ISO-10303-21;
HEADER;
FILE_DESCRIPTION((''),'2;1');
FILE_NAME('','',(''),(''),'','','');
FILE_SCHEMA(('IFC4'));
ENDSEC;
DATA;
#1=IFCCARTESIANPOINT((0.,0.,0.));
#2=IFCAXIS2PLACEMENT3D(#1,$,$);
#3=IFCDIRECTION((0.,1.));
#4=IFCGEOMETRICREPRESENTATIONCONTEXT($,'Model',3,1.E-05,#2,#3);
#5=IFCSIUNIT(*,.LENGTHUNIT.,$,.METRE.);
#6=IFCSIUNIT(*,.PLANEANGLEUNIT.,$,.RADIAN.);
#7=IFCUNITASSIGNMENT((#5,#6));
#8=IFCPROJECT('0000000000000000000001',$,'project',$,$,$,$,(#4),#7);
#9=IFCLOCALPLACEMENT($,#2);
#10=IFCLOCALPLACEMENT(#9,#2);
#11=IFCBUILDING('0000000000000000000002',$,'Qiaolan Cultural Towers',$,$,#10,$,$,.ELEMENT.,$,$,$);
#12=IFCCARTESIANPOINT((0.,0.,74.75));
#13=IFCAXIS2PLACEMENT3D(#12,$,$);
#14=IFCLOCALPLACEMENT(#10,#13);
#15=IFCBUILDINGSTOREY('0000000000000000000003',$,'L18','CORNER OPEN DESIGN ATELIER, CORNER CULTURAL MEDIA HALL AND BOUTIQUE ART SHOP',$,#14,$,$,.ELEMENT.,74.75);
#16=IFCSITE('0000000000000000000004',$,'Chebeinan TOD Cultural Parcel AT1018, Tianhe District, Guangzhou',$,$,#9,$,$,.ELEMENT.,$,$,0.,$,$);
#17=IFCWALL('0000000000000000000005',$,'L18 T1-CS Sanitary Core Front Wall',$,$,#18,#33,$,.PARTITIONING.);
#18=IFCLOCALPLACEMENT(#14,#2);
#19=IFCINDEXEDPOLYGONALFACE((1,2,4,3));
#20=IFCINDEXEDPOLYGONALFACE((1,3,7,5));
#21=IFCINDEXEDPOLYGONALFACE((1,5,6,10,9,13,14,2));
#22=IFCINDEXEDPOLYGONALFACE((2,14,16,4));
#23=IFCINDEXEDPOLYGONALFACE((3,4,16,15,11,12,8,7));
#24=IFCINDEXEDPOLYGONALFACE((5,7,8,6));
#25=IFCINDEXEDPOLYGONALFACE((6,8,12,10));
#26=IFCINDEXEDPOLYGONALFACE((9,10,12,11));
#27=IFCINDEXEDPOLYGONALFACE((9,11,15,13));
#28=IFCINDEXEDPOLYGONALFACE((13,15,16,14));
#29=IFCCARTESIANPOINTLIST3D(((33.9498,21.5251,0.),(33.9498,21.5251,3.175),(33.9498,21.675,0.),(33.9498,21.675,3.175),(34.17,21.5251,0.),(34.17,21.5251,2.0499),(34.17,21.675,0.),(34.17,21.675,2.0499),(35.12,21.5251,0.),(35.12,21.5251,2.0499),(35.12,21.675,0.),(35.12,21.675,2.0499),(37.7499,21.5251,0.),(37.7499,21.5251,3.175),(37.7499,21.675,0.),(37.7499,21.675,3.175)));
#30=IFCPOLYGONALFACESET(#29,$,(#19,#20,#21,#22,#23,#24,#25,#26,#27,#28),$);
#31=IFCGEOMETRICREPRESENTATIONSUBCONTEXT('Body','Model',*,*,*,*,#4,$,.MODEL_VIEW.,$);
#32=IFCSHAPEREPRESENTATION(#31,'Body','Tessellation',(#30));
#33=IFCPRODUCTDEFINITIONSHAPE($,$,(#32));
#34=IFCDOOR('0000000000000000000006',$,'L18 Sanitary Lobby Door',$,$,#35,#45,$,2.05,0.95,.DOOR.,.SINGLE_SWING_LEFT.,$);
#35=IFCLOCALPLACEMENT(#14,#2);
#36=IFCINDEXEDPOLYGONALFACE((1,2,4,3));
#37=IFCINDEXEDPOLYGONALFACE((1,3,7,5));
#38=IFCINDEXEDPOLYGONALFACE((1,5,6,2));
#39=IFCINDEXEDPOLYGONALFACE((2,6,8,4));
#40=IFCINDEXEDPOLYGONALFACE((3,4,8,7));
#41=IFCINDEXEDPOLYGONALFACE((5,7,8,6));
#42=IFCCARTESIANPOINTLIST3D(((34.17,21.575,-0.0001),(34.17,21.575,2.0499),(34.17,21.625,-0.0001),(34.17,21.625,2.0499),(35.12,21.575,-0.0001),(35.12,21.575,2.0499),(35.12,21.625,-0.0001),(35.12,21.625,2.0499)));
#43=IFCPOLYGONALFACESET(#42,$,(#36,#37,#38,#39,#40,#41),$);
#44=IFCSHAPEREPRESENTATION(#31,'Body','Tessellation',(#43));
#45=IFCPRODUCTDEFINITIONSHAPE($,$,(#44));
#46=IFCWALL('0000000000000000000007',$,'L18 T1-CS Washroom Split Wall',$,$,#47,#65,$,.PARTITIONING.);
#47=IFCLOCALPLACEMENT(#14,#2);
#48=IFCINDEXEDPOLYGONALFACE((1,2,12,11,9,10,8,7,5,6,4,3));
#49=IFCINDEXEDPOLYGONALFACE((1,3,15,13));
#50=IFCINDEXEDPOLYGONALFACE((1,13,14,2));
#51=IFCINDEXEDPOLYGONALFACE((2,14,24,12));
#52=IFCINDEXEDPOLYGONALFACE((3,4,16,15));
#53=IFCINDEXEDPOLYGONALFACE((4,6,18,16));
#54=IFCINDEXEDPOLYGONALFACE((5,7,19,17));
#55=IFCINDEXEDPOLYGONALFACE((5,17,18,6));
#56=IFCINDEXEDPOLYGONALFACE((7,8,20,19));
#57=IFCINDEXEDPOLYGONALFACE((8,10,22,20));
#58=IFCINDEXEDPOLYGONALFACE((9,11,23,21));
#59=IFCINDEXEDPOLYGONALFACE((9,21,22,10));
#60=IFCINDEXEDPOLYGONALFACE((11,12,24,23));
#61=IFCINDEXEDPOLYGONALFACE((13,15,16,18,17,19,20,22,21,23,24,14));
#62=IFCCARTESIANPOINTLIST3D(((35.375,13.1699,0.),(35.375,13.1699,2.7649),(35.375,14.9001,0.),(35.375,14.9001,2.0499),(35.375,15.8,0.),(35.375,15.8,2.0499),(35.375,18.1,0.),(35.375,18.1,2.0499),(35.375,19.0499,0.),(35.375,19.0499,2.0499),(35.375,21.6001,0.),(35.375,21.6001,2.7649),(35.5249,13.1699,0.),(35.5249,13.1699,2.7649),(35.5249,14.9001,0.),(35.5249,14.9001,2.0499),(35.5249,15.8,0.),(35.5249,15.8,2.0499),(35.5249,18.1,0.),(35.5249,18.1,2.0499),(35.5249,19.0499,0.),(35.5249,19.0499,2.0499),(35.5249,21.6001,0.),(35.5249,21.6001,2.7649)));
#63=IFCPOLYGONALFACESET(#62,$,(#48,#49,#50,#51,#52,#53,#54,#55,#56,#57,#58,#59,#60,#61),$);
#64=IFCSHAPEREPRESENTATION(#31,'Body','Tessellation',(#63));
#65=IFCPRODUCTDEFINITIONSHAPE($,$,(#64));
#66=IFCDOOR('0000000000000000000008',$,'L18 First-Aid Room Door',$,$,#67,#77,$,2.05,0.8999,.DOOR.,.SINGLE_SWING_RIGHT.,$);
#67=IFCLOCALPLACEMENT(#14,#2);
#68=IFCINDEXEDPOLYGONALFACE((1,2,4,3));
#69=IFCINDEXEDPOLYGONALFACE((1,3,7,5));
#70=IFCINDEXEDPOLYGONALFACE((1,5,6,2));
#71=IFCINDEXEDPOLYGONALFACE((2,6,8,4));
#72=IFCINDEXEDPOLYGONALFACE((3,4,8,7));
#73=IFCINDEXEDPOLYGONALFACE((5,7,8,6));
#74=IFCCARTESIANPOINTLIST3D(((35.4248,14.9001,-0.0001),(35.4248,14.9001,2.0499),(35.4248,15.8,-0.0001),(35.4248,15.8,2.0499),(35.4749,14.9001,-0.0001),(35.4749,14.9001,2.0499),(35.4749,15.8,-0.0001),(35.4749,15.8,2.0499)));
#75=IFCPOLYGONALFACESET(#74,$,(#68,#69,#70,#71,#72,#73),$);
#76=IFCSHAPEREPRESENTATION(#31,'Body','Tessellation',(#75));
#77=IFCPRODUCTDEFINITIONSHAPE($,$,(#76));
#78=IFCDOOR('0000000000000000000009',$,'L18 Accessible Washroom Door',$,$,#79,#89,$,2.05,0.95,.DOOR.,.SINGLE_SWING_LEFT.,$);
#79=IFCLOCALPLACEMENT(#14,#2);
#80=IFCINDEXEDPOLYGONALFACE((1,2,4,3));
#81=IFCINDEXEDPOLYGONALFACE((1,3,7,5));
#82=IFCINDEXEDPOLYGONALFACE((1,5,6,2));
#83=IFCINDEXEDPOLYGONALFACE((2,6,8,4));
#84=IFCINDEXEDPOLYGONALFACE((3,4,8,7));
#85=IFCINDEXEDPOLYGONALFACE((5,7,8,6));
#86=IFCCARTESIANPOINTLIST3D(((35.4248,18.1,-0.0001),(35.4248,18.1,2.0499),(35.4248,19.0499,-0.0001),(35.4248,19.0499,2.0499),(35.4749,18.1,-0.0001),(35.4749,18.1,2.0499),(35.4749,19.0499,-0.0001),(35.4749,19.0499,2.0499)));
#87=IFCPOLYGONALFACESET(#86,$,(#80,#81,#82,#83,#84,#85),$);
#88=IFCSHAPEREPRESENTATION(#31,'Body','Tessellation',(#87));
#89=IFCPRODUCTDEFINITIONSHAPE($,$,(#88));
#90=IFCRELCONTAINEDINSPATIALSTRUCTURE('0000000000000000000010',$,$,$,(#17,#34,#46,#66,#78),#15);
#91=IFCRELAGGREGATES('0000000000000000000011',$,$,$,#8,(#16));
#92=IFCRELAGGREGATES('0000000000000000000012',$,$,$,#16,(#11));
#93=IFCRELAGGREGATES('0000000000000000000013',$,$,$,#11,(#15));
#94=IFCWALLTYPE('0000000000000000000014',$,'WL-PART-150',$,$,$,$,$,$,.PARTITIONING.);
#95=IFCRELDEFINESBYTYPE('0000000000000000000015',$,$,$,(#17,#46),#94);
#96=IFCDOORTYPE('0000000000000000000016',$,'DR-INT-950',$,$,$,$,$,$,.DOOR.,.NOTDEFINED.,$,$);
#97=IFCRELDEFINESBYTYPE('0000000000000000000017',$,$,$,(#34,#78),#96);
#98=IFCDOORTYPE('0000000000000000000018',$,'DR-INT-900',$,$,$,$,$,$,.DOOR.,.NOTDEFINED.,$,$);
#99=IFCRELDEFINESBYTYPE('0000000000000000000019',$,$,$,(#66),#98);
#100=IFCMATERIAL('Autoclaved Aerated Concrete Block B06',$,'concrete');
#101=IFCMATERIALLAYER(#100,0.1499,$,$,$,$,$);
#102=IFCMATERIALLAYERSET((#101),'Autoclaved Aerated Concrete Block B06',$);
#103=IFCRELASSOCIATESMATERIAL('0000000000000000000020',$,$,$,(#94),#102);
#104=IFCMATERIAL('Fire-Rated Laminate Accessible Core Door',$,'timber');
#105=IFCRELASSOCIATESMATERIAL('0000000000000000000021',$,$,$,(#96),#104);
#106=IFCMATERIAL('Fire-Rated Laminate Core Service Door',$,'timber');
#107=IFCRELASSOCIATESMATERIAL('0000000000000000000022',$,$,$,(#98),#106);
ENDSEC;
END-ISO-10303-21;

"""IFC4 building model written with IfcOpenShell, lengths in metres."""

from ifc_helpers import new_model, si_unit, direction, frame, frame_2d, origin, place, context, subcontext, project, spatial, rectangle, extrude, material, layer, layer_set, type_object, element, fill, save


model = new_model("IFC4")

# Units and contexts
model_context = context("Model", 3, precision=1e-05, world=origin(), true_north=direction((0.0, 1.0)))
body_context = subcontext(model_context, "Body", "Model", "MODEL_VIEW")
ifc_project = project(units=[si_unit("LENGTHUNIT", "METRE"), si_unit("PLANEANGLEUNIT", "RADIAN")], contexts=[model_context])

# Site, building, storey
site_placement = place(None, origin())
site = spatial("IfcSite", under=ifc_project, at=site_placement, Name="Chebeinan TOD Cultural Parcel AT1018, Tianhe District, Guangzhou", CompositionType="ELEMENT", RefElevation=0.0)
building_placement = place(site_placement, origin())
building = spatial("IfcBuilding", under=site, at=building_placement, Name="Qiaolan Cultural Towers", CompositionType="ELEMENT")
storey_placement = place(building_placement, frame((0.0, 0.0, 74.75)))
storey = spatial("IfcBuildingStorey", under=building, at=storey_placement, Name="L18", Description="CORNER OPEN DESIGN ATELIER, CORNER CULTURAL MEDIA HALL AND BOUTIQUE ART SHOP", CompositionType="ELEMENT", Elevation=74.75)

# Wall, opening, door
ifc_material_1 = material(Name="Autoclaved Aerated Concrete Block B06", Category="concrete")
ifc_layer_1 = layer(ifc_material_1, 0.1499)
ifc_layer_set_1 = layer_set([ifc_layer_1], Name="Autoclaved Aerated Concrete Block B06")
wall_type_1 = type_object("IfcWallType", Name="WL-PART-150", PredefinedType="PARTITIONING", material=ifc_layer_set_1)
wall_1_placement = place(storey_placement, frame((33.95, 21.6001, 0.0), z_axis=(0.0, 0.0, 1.0), x_axis=(1.0, 0.0, 0.0)))
wall_1 = element("IfcWall", 1, at=wall_1_placement, inside=storey, type_object=wall_type_1, Name="L18 T1-CS Sanitary Core Front Wall", PredefinedType="PARTITIONING", context=body_context, shape_type="SweptSolid", body=[
    extrude(rectangle(XDim=3.8, YDim=0.1499, at=frame_2d((1.8999, 0.0))), origin(), (0.0, 0.0, 1.0), 3.175),
])
opening_1_placement = place(wall_1_placement, frame((0.22, 0.0, 0.0)))
opening_1 = element("IfcOpeningElement", 2, at=opening_1_placement, cuts=wall_1, PredefinedType="OPENING", context=body_context, shape_type="SweptSolid", body=[
    extrude(rectangle(XDim=0.95, YDim=2.05, at=frame_2d((0.4751, 1.0249))), frame((0.0, 0.085, 0.0), z_axis=(0.0, -1.0, 0.0), x_axis=(1.0, 0.0, 0.0)), (0.0, 0.0, 1.0), 0.1699),
])
ifc_material_2 = material(Name="Fire-Rated Laminate Accessible Core Door", Category="timber")
door_type_1 = type_object("IfcDoorType", Name="DR-INT-950", OperationType="NOTDEFINED", PredefinedType="DOOR", material=ifc_material_2)
door_1_placement = place(opening_1_placement, origin())
door_1 = element("IfcDoor", 3, at=door_1_placement, inside=storey, type_object=door_type_1, Name="L18 Sanitary Lobby Door", OperationType="SINGLE_SWING_LEFT", OverallHeight=2.05, OverallWidth=0.95, PredefinedType="DOOR", context=body_context, shape_type="SweptSolid", body=[
    extrude(rectangle(XDim=0.95, YDim=2.05, at=frame_2d((0.4751, 1.0249))), frame((0.0, 0.0249, 0.0), z_axis=(0.0, -1.0, 0.0), x_axis=(1.0, 0.0, 0.0)), (0.0, 0.0, 1.0), 0.05),
])
fill(opening_1, door_1)

# Wall, openings, doors
wall_2_placement = place(storey_placement, frame((35.45, 21.6001, 0.0), z_axis=(0.0, 0.0, 1.0), x_axis=(0.0, -1.0, 0.0)))
wall_2 = element("IfcWall", 4, at=wall_2_placement, inside=storey, type_object=wall_type_1, Name="L18 T1-CS Washroom Split Wall", PredefinedType="PARTITIONING", context=body_context, shape_type="SweptSolid", body=[
    extrude(rectangle(XDim=8.4302, YDim=0.1499, at=frame_2d((4.2151, 0.0))), origin(), (0.0, 0.0, 1.0), 2.7649),
])
opening_2_placement = place(wall_2_placement, frame((2.55, 0.0, 0.0)))
opening_2 = element("IfcOpeningElement", 5, at=opening_2_placement, cuts=wall_2, PredefinedType="OPENING", context=body_context, shape_type="SweptSolid", body=[
    extrude(rectangle(XDim=0.95, YDim=2.05, at=frame_2d((0.4751, 1.0249))), frame((0.0, 0.085, 0.0), z_axis=(0.0, -1.0, 0.0), x_axis=(1.0, 0.0, 0.0)), (0.0, 0.0, 1.0), 0.1699),
])
opening_3_placement = place(wall_2_placement, frame((5.8, 0.0, 0.0)))
opening_3 = element("IfcOpeningElement", 6, at=opening_3_placement, cuts=wall_2, PredefinedType="OPENING", context=body_context, shape_type="SweptSolid", body=[
    extrude(rectangle(XDim=0.8999, YDim=2.05, at=frame_2d((0.45, 1.0249))), frame((0.0, 0.085, 0.0), z_axis=(0.0, -1.0, 0.0), x_axis=(1.0, 0.0, 0.0)), (0.0, 0.0, 1.0), 0.1699),
])
ifc_material_3 = material(Name="Fire-Rated Laminate Core Service Door", Category="timber")
door_type_2 = type_object("IfcDoorType", Name="DR-INT-900", OperationType="NOTDEFINED", PredefinedType="DOOR", material=ifc_material_3)
door_2_placement = place(opening_3_placement, origin())
door_2 = element("IfcDoor", 7, at=door_2_placement, inside=storey, type_object=door_type_2, Name="L18 First-Aid Room Door", OperationType="SINGLE_SWING_RIGHT", OverallHeight=2.05, OverallWidth=0.8999, PredefinedType="DOOR", context=body_context, shape_type="SweptSolid", body=[
    extrude(rectangle(XDim=0.8999, YDim=2.05, at=frame_2d((0.45, 1.0249))), frame((0.0, 0.0249, 0.0), z_axis=(0.0, -1.0, 0.0), x_axis=(1.0, 0.0, 0.0)), (0.0, 0.0, 1.0), 0.05),
])
fill(opening_3, door_2)
door_3_placement = place(opening_2_placement, origin())
door_3 = element("IfcDoor", 8, at=door_3_placement, inside=storey, type_object=door_type_1, Name="L18 Accessible Washroom Door", OperationType="SINGLE_SWING_LEFT", OverallHeight=2.05, OverallWidth=0.95, PredefinedType="DOOR", context=body_context, shape_type="SweptSolid", body=[
    extrude(rectangle(XDim=0.95, YDim=2.05, at=frame_2d((0.4751, 1.0249))), frame((0.0, 0.0249, 0.0), z_axis=(0.0, -1.0, 0.0), x_axis=(1.0, 0.0, 0.0)), (0.0, 0.0, 1.0), 0.05),
])
fill(opening_2, door_3)

save(model, "model.ifc")
